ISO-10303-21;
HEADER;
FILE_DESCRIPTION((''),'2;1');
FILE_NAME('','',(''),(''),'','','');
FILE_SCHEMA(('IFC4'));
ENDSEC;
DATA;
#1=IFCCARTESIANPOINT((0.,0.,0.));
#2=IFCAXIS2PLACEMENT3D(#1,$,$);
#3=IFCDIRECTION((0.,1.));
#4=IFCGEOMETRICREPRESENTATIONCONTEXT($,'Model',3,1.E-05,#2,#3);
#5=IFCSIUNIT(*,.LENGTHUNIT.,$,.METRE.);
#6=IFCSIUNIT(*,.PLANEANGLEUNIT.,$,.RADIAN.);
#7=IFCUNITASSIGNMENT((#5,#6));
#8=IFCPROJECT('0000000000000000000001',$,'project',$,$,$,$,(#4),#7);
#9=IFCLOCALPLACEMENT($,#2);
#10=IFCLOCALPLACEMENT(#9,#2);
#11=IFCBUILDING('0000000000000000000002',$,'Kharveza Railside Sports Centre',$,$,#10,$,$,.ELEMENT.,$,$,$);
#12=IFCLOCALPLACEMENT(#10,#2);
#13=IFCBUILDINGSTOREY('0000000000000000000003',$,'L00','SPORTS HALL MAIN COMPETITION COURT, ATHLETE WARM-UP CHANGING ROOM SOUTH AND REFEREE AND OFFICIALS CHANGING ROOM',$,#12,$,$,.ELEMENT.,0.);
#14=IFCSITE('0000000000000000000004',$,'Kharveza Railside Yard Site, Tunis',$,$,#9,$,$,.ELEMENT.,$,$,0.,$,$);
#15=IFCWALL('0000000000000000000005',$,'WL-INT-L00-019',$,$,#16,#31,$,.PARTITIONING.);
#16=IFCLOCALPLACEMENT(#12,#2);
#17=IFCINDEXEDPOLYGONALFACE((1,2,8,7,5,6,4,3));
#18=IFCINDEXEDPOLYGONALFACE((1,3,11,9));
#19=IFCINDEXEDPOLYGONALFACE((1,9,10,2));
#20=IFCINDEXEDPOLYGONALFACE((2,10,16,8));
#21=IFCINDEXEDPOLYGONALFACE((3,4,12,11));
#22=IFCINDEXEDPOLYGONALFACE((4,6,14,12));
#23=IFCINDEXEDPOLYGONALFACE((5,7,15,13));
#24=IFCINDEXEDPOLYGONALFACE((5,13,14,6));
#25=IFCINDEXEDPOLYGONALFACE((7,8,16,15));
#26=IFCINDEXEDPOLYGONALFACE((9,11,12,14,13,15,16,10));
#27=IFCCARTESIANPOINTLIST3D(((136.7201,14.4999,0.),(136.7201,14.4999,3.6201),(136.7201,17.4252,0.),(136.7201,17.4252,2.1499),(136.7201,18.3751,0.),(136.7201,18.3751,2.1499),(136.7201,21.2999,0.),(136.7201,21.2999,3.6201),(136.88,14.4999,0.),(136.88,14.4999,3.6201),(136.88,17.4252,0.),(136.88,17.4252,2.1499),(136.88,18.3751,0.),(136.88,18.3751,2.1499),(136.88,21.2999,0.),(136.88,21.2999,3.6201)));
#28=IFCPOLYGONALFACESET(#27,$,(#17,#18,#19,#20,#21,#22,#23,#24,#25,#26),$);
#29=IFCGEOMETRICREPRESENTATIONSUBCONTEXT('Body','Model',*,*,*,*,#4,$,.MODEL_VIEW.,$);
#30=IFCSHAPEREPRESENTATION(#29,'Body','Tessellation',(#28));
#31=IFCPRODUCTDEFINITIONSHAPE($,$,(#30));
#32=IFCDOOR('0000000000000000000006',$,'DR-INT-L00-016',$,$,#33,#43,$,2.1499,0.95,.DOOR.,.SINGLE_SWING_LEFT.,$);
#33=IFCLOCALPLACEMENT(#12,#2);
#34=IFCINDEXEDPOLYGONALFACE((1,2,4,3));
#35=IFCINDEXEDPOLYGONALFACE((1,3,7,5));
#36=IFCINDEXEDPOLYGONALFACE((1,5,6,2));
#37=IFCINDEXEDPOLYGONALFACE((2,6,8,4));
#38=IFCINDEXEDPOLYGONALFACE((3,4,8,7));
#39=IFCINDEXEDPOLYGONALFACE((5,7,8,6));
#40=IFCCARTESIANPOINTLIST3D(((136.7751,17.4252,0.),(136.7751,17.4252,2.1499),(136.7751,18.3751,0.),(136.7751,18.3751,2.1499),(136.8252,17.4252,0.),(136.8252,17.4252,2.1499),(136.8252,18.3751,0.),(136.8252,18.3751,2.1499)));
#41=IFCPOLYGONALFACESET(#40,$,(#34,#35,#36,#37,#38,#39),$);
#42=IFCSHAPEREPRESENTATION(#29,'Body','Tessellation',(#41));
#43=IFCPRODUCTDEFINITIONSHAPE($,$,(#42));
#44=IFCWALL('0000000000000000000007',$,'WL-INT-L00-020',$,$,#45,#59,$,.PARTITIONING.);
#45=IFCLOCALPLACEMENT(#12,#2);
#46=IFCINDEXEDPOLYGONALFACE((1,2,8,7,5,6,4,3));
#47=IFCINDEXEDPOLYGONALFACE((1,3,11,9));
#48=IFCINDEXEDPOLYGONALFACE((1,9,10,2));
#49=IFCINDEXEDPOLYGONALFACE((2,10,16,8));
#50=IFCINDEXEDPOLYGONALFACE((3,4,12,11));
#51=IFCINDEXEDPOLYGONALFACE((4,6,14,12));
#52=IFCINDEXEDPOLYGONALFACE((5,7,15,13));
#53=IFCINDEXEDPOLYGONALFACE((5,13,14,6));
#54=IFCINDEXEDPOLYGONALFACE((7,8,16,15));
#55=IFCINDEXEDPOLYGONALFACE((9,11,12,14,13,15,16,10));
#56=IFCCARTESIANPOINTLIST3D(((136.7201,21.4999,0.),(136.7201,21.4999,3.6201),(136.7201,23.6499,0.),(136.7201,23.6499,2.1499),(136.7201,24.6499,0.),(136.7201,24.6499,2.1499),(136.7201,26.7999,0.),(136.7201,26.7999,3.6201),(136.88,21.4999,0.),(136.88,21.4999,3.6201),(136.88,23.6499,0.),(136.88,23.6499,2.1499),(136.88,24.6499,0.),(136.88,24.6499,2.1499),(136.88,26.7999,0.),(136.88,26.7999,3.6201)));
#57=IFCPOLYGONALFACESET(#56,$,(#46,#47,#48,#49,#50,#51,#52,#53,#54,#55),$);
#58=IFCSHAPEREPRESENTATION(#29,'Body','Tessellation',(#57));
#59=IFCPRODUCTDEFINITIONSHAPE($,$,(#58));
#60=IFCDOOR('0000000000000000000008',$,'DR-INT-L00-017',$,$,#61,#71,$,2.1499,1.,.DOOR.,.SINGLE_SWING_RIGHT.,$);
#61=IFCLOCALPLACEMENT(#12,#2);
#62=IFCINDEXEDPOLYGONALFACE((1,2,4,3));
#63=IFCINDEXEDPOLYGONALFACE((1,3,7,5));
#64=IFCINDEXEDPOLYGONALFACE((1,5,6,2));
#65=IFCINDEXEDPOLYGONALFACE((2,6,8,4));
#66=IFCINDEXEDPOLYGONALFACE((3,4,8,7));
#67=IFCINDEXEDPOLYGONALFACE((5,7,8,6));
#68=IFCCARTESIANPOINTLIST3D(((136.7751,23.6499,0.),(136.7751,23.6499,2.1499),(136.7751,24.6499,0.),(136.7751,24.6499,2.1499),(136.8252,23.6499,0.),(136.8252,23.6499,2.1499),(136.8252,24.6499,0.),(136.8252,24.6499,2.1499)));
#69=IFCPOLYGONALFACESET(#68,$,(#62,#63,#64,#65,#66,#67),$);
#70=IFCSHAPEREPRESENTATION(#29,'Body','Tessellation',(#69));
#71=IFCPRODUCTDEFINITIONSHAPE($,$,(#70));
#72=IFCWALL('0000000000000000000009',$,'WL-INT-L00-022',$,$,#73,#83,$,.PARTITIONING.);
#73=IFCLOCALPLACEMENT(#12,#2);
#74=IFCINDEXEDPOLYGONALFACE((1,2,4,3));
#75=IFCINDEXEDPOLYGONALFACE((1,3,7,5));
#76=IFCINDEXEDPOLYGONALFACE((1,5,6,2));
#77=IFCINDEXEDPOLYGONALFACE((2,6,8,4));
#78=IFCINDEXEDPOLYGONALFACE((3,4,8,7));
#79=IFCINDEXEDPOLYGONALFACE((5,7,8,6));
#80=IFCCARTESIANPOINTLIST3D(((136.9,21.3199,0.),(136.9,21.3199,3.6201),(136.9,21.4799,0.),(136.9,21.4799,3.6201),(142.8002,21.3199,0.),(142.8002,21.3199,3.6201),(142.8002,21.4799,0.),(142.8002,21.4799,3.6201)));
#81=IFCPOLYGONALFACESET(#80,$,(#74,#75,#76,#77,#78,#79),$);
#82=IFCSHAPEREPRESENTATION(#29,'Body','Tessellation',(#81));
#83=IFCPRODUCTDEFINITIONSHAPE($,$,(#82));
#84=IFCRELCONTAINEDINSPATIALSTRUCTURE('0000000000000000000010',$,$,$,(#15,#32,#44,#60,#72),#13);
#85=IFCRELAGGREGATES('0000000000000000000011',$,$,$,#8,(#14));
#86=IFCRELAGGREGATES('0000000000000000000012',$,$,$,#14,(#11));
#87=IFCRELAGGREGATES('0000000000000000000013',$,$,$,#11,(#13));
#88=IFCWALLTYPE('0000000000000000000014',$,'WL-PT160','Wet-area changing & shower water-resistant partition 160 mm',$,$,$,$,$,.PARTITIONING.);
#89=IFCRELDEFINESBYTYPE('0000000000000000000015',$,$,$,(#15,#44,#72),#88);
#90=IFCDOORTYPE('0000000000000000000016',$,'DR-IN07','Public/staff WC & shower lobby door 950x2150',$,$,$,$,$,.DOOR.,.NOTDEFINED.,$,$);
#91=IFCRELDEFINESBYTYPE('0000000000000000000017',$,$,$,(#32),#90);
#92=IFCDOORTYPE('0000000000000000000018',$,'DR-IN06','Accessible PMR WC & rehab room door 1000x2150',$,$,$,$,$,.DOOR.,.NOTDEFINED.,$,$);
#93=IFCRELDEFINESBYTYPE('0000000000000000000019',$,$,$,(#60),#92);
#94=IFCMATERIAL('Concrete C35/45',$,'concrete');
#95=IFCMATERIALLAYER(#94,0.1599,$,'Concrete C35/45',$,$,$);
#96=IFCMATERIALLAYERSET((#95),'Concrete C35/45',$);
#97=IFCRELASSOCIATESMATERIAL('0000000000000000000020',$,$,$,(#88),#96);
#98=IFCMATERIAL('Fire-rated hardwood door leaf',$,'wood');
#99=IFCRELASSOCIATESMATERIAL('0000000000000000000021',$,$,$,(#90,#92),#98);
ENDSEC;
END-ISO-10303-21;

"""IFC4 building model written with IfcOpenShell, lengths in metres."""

from ifc_helpers import new_model, si_unit, direction, frame, frame_2d, origin, place, context, subcontext, project, spatial, rectangle, extrude, material, layer, layer_set, type_object, element, fill, save


model = new_model("IFC4")

# Units and contexts
model_context = context("Model", 3, precision=1e-05, world=origin(), true_north=direction((0.0, 1.0)))
body_context = subcontext(model_context, "Body", "Model", "MODEL_VIEW")
ifc_project = project(units=[si_unit("LENGTHUNIT", "METRE"), si_unit("PLANEANGLEUNIT", "RADIAN")], contexts=[model_context])

# Site, building, storey
site_placement = place(None, origin())
site = spatial("IfcSite", under=ifc_project, at=site_placement, Name="Kharveza Railside Yard Site, Tunis", CompositionType="ELEMENT", RefElevation=0.0)
building_placement = place(site_placement, origin())
building = spatial("IfcBuilding", under=site, at=building_placement, Name="Kharveza Railside Sports Centre", CompositionType="ELEMENT")
storey_placement = place(building_placement, origin())
storey = spatial("IfcBuildingStorey", under=building, at=storey_placement, Name="L00", Description="SPORTS HALL MAIN COMPETITION COURT, ATHLETE WARM-UP CHANGING ROOM SOUTH AND REFEREE AND OFFICIALS CHANGING ROOM", CompositionType="ELEMENT", Elevation=0.0)

# Shared definitions
ifc_material_1 = material(Name="Concrete C35/45", Category="concrete")

# Walls, openings, doors
ifc_layer_1 = layer(ifc_material_1, 0.1599, Name="Concrete C35/45")
ifc_layer_set_1 = layer_set([ifc_layer_1], Name="Concrete C35/45")
wall_type_1 = type_object("IfcWallType", Name="WL-PT160", Description="Wet-area changing & shower water-resistant partition 160 mm", PredefinedType="PARTITIONING", material=ifc_layer_set_1)
wall_1_placement = place(storey_placement, frame((136.8, 14.5, 0.0), z_axis=(0.0, 0.0, 1.0), x_axis=(0.0, 1.0, 0.0)))
wall_1 = element("IfcWall", 1, at=wall_1_placement, inside=storey, type_object=wall_type_1, Name="WL-INT-L00-019", PredefinedType="PARTITIONING", context=body_context, shape_type="SweptSolid", body=[
    extrude(rectangle(XDim=6.8, YDim=0.1599, at=frame_2d((3.3999, 0.0))), origin(), (0.0, 0.0, 1.0), 3.6201),
])
opening_1_placement = place(wall_1_placement, frame((2.925, 0.0, 0.0)))
opening_1 = element("IfcOpeningElement", 2, at=opening_1_placement, cuts=wall_1, PredefinedType="OPENING", context=body_context, shape_type="SweptSolid", body=[
    extrude(rectangle(XDim=0.95, YDim=2.1499, at=frame_2d((0.4751, 1.075))), frame((0.0, 0.105, 0.0), z_axis=(0.0, -1.0, 0.0), x_axis=(1.0, 0.0, 0.0)), (0.0, 0.0, 1.0), 0.2097),
])
ifc_material_2 = material(Name="Fire-rated hardwood door leaf", Category="wood")
door_type_1 = type_object("IfcDoorType", Name="DR-IN07", Description="Public/staff WC & shower lobby door 950x2150", OperationType="NOTDEFINED", PredefinedType="DOOR", material=ifc_material_2)
door_1_placement = place(opening_1_placement, origin())
door_1 = element("IfcDoor", 3, at=door_1_placement, inside=storey, type_object=door_type_1, Name="DR-INT-L00-016", OperationType="SINGLE_SWING_LEFT", OverallHeight=2.1499, OverallWidth=0.95, PredefinedType="DOOR", context=body_context, shape_type="SweptSolid", body=[
    extrude(rectangle(XDim=0.95, YDim=2.1499, at=frame_2d((0.4751, 1.075))), frame((0.0, 0.0249, 0.0), z_axis=(0.0, -1.0, 0.0), x_axis=(1.0, 0.0, 0.0)), (0.0, 0.0, 1.0), 0.05),
])
fill(opening_1, door_1)
wall_2_placement = place(storey_placement, frame((136.8, 21.5, 0.0), z_axis=(0.0, 0.0, 1.0), x_axis=(0.0, 1.0, 0.0)))
wall_2 = element("IfcWall", 4, at=wall_2_placement, inside=storey, type_object=wall_type_1, Name="WL-INT-L00-020", PredefinedType="PARTITIONING", context=body_context, shape_type="SweptSolid", body=[
    extrude(rectangle(XDim=5.3, YDim=0.1599, at=frame_2d((2.6499, 0.0))), origin(), (0.0, 0.0, 1.0), 3.6201),
])
opening_2_placement = place(wall_2_placement, frame((2.1499, 0.0, 0.0)))
opening_2 = element("IfcOpeningElement", 5, at=opening_2_placement, cuts=wall_2, PredefinedType="OPENING", context=body_context, shape_type="SweptSolid", body=[
    extrude(rectangle(XDim=1.0, YDim=2.1499, at=frame_2d((0.5, 1.075))), frame((0.0, 0.105, 0.0), z_axis=(0.0, -1.0, 0.0), x_axis=(1.0, 0.0, 0.0)), (0.0, 0.0, 1.0), 0.2097),
])
door_type_2 = type_object("IfcDoorType", Name="DR-IN06", Description="Accessible PMR WC & rehab room door 1000x2150", OperationType="NOTDEFINED", PredefinedType="DOOR", material=ifc_material_2)
door_2_placement = place(opening_2_placement, origin())
door_2 = element("IfcDoor", 6, at=door_2_placement, inside=storey, type_object=door_type_2, Name="DR-INT-L00-017", OperationType="SINGLE_SWING_RIGHT", OverallHeight=2.1499, OverallWidth=1.0, PredefinedType="DOOR", context=body_context, shape_type="SweptSolid", body=[
    extrude(rectangle(XDim=1.0, YDim=2.1499, at=frame_2d((0.5, 1.075))), frame((0.0, 0.0249, 0.0), z_axis=(0.0, -1.0, 0.0), x_axis=(1.0, 0.0, 0.0)), (0.0, 0.0, 1.0), 0.05),
])
fill(opening_2, door_2)

# Wall
wall_3_placement = place(storey_placement, frame((136.8999, 21.3999, 0.0), z_axis=(0.0, 0.0, 1.0), x_axis=(1.0, 0.0, 0.0)))
element("IfcWall", 7, at=wall_3_placement, inside=storey, type_object=wall_type_1, Name="WL-INT-L00-022", PredefinedType="PARTITIONING", context=body_context, shape_type="SweptSolid", body=[
    extrude(rectangle(XDim=5.9001, YDim=0.1599, at=frame_2d((2.9502, 0.0))), origin(), (0.0, 0.0, 1.0), 3.6201),
])

save(model, "model.ifc")
